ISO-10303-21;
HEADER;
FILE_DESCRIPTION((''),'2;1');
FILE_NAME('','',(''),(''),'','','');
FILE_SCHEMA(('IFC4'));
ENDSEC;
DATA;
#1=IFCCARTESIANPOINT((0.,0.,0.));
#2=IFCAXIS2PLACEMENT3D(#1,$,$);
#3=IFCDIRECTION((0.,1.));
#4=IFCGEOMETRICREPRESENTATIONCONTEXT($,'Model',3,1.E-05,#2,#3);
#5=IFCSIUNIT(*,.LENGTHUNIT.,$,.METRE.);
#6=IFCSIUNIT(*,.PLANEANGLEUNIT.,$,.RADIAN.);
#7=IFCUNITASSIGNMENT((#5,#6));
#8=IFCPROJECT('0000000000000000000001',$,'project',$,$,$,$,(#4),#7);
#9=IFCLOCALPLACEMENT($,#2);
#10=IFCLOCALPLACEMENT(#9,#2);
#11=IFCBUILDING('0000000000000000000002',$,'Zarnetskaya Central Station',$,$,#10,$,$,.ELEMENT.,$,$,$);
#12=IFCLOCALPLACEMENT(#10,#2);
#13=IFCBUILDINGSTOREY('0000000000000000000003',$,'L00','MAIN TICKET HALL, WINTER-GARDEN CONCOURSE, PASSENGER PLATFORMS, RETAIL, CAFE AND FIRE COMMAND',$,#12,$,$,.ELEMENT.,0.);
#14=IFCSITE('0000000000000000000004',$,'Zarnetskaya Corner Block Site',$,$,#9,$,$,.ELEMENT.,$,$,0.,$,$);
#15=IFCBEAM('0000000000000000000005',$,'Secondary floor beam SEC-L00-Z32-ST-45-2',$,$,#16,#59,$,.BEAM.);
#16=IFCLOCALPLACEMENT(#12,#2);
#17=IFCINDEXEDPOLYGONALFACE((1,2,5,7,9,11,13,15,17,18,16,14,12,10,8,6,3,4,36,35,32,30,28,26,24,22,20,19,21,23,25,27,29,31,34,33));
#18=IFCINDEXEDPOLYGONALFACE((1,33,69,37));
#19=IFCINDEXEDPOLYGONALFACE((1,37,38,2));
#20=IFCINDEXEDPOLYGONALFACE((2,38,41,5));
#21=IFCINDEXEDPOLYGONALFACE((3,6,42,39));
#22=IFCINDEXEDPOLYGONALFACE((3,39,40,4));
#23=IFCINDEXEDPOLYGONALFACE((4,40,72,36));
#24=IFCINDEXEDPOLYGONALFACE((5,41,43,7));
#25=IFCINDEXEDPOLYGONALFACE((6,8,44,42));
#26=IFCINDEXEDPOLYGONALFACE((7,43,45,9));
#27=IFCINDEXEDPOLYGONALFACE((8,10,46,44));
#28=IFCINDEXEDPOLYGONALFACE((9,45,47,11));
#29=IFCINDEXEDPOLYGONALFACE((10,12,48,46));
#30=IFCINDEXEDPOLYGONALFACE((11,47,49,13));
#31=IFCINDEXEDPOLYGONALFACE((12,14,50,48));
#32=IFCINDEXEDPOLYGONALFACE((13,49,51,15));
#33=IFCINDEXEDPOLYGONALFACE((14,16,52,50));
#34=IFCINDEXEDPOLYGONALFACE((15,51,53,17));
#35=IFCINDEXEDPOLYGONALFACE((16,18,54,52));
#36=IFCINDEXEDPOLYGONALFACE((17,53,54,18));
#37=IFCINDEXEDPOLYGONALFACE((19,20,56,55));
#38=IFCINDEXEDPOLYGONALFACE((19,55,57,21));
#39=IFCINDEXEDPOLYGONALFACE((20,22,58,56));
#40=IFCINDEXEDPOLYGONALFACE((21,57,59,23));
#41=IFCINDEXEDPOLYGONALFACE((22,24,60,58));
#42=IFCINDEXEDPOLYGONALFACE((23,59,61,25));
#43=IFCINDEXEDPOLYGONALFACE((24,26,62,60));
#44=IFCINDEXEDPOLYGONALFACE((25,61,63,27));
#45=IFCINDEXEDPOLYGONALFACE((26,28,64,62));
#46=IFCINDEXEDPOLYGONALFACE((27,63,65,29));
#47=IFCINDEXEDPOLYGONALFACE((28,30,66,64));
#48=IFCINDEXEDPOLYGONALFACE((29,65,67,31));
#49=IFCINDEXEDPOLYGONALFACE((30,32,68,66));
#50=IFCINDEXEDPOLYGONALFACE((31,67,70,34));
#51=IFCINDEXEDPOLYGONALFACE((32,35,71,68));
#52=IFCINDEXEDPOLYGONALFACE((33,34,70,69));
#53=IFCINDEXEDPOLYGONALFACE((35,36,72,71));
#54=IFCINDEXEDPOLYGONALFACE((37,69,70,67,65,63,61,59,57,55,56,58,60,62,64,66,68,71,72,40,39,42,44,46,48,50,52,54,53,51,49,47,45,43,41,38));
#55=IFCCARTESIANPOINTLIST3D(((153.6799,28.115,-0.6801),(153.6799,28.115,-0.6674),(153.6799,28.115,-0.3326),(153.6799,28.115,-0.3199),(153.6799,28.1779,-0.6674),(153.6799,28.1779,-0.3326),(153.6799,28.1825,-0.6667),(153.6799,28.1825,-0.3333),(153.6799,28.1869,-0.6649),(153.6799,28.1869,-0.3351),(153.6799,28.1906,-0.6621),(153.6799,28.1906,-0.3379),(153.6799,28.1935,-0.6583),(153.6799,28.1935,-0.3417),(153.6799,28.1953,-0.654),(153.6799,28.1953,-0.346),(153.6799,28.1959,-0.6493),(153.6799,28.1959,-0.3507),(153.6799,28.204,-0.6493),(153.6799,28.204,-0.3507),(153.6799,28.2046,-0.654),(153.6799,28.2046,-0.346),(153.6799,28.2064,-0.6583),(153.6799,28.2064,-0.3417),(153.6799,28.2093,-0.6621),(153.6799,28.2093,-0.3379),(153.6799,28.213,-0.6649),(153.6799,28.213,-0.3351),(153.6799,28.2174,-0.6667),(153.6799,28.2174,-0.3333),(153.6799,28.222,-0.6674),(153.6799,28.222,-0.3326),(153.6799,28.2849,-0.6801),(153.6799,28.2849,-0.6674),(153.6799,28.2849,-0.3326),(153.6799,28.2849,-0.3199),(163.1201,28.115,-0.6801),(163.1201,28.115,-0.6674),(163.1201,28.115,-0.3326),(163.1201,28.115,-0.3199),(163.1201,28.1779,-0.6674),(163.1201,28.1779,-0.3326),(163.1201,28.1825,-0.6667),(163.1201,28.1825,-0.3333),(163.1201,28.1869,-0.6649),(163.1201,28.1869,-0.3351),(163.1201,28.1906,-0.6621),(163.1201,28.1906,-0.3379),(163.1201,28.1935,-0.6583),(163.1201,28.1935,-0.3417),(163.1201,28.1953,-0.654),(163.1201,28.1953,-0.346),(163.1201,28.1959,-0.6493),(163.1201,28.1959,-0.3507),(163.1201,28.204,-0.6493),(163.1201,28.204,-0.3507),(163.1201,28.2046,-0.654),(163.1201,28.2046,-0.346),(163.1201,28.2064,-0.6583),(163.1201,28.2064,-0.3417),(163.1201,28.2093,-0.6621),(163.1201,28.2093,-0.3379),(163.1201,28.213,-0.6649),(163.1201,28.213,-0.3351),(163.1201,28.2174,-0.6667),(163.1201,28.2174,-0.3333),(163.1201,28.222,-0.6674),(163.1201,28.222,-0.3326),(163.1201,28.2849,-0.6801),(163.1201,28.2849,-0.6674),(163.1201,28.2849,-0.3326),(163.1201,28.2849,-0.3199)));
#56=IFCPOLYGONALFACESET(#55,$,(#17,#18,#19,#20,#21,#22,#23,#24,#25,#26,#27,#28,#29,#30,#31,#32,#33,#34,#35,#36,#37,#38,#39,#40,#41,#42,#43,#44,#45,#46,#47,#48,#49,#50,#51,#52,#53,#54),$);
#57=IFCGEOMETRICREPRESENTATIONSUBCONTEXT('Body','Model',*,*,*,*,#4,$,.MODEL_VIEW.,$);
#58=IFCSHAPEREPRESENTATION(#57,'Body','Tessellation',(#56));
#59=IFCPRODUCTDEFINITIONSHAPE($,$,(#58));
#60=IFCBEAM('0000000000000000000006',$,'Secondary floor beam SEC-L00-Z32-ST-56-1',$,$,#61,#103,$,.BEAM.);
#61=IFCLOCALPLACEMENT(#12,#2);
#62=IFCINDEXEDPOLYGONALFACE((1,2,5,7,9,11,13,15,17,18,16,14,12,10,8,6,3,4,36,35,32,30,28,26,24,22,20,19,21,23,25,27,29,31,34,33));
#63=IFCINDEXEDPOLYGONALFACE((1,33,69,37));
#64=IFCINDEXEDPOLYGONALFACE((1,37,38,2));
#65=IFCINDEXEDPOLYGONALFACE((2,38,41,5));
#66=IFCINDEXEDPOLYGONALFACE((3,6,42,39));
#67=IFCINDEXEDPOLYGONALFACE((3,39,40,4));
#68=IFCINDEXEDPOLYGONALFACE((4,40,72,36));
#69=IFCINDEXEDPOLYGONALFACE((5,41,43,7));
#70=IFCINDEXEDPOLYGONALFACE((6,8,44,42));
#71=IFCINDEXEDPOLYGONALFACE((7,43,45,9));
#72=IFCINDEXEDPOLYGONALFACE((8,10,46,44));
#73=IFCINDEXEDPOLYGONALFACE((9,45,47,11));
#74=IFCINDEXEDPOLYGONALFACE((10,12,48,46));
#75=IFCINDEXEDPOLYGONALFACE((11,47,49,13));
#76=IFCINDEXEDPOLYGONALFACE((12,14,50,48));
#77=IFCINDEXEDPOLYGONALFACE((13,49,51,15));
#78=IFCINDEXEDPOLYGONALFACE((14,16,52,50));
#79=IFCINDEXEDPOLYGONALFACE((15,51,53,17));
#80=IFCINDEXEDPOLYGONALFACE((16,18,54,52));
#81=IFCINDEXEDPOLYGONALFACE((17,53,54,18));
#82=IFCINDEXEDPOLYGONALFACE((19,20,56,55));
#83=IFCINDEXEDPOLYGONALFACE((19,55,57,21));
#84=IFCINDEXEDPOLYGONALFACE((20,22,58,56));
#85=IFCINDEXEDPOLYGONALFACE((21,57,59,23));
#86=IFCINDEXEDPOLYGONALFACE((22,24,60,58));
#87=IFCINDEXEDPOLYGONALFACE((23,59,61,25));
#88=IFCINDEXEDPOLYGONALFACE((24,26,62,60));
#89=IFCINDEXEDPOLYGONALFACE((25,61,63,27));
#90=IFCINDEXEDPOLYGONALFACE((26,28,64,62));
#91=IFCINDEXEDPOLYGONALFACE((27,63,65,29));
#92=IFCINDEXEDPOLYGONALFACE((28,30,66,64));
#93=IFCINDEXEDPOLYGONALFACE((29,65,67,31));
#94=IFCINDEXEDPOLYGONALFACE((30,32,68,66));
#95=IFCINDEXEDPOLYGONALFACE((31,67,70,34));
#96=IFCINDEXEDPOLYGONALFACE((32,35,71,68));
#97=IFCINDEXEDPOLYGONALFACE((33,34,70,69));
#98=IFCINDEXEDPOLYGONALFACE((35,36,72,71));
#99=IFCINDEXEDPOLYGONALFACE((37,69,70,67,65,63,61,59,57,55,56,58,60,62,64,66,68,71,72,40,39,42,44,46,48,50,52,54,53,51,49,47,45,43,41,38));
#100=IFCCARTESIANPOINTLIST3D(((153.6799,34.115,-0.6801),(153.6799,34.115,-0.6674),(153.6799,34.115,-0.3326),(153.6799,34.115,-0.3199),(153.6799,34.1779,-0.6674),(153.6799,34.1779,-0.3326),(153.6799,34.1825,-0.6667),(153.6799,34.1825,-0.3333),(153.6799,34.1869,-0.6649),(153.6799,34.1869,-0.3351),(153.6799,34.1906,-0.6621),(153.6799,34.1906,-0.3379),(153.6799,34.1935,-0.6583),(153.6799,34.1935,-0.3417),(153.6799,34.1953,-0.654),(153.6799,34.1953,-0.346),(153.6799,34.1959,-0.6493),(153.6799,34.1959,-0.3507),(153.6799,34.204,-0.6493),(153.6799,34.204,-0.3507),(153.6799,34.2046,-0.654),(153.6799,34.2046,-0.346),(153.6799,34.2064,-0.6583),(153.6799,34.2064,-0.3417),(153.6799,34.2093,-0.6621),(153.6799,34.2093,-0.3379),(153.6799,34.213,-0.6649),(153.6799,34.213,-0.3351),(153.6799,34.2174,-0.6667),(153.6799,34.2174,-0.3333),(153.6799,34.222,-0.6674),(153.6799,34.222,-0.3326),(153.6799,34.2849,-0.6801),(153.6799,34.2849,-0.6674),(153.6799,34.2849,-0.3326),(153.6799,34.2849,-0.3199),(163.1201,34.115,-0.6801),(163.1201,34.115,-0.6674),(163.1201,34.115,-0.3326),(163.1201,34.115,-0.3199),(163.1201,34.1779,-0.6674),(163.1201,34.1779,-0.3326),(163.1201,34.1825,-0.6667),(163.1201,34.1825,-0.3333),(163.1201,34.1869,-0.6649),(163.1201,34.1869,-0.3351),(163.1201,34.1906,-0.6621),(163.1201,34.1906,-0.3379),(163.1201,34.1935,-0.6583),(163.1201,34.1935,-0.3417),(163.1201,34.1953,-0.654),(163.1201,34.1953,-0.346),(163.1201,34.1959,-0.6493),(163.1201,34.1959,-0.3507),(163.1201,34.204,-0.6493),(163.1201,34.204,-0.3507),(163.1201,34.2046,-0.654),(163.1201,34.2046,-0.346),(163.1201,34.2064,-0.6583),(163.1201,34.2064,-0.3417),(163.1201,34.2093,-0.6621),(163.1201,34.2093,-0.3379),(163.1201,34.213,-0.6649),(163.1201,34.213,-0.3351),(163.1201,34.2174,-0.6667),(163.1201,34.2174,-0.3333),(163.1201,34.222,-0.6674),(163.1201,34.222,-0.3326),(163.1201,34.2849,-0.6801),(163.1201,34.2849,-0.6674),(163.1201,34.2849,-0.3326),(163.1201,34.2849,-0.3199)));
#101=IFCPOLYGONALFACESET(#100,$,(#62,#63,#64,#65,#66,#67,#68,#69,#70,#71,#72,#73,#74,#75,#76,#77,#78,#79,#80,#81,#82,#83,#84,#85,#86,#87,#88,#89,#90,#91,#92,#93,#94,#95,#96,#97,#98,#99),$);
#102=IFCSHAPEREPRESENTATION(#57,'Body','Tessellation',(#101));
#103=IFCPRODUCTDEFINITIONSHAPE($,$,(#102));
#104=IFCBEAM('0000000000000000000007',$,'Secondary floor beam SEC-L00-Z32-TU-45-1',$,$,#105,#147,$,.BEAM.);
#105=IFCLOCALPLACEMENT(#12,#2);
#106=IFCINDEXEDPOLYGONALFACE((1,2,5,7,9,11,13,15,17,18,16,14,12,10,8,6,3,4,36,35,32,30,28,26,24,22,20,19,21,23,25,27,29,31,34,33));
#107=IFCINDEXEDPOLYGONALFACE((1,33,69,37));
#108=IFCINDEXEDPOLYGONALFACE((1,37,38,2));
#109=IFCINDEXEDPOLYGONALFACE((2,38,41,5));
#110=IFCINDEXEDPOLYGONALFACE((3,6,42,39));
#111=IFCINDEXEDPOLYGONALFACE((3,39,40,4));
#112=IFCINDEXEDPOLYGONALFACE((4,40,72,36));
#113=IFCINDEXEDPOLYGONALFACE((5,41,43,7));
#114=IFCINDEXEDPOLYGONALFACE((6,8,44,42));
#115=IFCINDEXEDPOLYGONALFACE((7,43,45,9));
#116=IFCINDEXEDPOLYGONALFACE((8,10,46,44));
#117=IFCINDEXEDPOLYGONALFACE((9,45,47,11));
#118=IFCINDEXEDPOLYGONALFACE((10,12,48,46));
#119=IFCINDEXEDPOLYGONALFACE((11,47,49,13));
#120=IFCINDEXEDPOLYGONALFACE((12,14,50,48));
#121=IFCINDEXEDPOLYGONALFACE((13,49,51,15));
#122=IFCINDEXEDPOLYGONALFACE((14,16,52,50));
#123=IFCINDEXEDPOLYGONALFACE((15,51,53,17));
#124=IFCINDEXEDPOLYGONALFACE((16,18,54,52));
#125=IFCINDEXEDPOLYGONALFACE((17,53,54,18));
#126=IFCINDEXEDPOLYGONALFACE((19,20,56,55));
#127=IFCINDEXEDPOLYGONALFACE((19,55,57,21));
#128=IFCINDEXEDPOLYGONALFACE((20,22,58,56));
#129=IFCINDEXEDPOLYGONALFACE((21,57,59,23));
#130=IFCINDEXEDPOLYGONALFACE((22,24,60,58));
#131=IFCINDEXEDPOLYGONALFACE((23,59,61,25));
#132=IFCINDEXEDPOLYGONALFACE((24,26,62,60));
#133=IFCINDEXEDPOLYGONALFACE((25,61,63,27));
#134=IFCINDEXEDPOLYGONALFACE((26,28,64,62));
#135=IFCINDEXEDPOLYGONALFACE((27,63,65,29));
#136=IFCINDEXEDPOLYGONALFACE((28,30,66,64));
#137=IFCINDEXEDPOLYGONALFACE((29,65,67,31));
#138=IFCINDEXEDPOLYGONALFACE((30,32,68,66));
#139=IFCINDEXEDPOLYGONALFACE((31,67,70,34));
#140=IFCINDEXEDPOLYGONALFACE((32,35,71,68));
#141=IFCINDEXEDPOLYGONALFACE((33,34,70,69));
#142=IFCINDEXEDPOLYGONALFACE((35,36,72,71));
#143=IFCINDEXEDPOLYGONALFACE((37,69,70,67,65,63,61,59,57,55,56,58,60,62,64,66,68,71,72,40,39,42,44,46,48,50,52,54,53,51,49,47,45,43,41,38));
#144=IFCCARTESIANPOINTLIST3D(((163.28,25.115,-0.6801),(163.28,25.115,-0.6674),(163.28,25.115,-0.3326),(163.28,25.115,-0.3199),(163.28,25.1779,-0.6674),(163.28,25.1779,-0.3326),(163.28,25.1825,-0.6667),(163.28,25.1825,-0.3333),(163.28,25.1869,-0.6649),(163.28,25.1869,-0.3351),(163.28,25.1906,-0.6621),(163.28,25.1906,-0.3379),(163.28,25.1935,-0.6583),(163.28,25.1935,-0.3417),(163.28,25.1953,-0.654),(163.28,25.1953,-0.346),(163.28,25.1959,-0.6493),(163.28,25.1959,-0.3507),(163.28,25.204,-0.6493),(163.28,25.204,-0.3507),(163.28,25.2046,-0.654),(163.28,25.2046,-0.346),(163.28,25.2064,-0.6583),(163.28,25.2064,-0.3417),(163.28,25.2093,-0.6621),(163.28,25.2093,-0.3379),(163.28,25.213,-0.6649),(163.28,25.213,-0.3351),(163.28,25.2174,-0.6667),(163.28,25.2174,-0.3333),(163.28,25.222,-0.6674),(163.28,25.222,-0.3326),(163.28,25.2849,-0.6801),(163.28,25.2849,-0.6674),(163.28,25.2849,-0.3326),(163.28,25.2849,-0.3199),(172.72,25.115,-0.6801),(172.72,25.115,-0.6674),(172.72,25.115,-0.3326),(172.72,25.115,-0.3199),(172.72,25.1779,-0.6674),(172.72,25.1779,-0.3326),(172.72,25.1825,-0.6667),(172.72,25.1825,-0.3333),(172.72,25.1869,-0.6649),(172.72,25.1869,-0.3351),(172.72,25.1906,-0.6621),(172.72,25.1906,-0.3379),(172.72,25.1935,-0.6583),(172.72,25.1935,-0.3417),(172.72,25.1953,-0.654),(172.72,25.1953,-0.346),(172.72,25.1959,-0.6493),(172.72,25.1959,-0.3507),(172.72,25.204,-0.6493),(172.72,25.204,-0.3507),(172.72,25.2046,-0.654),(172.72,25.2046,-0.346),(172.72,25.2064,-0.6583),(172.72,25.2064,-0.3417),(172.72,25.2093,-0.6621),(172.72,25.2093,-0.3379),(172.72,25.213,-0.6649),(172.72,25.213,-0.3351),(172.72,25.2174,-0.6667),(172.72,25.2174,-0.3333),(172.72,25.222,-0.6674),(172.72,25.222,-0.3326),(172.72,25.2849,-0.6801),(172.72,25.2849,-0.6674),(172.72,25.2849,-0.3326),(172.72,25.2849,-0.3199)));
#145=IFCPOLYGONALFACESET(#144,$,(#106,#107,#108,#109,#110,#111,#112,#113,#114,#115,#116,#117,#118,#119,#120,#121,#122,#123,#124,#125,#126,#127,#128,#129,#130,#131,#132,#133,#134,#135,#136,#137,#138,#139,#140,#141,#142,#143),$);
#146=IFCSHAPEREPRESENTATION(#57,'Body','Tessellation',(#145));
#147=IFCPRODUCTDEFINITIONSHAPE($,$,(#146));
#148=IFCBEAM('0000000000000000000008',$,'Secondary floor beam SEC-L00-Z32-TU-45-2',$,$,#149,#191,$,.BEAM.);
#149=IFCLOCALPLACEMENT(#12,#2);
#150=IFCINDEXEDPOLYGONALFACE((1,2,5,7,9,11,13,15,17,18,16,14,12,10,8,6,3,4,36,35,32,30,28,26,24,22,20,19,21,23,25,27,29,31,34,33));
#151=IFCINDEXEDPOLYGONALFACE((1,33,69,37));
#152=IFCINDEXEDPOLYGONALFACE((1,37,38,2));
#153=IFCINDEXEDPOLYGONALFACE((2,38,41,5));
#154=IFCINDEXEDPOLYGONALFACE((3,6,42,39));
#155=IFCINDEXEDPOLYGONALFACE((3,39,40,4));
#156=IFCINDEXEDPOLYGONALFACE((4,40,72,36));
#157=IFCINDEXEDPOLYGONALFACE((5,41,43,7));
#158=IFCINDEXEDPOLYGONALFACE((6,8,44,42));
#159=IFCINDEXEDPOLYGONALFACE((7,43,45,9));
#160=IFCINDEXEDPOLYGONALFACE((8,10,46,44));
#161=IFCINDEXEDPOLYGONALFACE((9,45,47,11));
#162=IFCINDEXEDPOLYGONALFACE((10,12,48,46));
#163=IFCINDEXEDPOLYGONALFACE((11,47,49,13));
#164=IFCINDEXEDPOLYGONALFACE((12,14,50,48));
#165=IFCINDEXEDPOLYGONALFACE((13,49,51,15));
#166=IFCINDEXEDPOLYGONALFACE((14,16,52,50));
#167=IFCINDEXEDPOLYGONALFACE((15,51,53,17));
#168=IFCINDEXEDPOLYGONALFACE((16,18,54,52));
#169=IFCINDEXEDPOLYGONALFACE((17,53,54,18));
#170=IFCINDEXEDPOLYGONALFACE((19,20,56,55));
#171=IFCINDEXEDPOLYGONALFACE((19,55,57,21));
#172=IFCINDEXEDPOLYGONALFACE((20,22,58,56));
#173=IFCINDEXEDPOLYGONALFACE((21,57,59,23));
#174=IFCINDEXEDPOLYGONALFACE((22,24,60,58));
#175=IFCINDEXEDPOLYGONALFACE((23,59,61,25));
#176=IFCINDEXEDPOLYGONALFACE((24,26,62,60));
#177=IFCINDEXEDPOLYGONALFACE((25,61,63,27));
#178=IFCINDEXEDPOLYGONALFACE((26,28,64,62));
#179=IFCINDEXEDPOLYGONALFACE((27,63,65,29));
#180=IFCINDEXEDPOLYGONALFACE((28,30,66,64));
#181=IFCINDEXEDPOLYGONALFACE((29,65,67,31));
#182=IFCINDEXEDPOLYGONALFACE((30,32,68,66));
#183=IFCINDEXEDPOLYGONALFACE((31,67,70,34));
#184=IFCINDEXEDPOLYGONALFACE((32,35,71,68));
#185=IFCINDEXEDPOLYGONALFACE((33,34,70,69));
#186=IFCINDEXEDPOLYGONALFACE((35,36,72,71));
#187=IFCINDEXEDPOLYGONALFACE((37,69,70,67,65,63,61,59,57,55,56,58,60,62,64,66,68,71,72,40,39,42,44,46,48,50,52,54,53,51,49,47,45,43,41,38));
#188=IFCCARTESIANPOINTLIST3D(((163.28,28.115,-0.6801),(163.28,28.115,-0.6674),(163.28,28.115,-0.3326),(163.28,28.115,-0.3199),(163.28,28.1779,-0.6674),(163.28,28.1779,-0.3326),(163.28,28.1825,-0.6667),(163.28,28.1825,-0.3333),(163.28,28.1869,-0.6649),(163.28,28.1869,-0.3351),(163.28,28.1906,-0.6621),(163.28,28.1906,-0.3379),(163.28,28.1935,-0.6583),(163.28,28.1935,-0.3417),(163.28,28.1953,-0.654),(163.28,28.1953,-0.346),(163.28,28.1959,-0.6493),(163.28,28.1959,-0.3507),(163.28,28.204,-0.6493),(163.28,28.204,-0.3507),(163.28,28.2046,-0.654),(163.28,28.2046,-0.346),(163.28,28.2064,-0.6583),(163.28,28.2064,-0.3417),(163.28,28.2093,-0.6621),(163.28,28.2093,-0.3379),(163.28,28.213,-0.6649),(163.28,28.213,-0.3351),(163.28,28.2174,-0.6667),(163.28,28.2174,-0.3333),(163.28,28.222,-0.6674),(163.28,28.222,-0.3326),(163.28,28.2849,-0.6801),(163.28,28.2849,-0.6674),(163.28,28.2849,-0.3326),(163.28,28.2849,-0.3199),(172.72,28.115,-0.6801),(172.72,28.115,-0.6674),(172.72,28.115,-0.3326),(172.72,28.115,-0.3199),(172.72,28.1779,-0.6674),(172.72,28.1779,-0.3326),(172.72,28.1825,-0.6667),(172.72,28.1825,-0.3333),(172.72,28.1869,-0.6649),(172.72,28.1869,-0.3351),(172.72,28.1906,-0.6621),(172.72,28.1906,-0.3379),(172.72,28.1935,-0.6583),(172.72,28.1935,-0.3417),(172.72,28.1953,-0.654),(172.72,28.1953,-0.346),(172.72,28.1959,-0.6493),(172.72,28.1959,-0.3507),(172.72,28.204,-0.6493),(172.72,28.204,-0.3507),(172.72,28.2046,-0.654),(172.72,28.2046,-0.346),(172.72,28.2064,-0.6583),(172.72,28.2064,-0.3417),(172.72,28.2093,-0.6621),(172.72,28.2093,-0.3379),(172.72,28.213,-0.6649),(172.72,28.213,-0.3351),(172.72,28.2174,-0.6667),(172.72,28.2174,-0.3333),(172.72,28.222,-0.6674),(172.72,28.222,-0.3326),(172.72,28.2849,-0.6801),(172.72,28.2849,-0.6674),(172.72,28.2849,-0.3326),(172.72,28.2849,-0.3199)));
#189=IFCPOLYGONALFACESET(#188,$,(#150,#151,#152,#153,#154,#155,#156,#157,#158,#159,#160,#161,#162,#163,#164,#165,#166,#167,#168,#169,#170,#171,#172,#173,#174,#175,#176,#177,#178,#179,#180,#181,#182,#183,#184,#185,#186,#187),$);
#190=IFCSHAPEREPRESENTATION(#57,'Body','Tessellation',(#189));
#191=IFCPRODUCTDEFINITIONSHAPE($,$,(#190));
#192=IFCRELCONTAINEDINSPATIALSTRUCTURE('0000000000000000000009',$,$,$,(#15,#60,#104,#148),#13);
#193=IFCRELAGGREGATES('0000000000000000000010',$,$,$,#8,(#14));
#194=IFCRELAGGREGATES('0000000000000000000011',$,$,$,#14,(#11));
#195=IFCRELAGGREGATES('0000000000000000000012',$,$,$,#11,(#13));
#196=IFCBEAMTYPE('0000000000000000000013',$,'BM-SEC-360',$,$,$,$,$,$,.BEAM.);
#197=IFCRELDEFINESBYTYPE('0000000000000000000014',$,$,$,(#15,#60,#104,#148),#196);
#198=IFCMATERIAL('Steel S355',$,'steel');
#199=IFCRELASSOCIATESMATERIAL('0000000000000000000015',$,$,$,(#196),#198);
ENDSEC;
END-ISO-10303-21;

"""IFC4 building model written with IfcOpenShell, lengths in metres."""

from ifc_helpers import new_model, si_unit, direction, frame, origin, origin_2d, place, context, subcontext, project, spatial, i_section, extrude, material, material_profile, profile_set, type_object, element, save


model = new_model("IFC4")

# Units and contexts
model_context = context("Model", 3, precision=1e-05, world=origin(), true_north=direction((0.0, 1.0)))
body_context = subcontext(model_context, "Body", "Model", "MODEL_VIEW")
ifc_project = project(units=[si_unit("LENGTHUNIT", "METRE"), si_unit("PLANEANGLEUNIT", "RADIAN")], contexts=[model_context])

# Site, building, storey
site_placement = place(None, origin())
site = spatial("IfcSite", under=ifc_project, at=site_placement, Name="Zarnetskaya Corner Block Site", CompositionType="ELEMENT", RefElevation=0.0)
building_placement = place(site_placement, origin())
building = spatial("IfcBuilding", under=site, at=building_placement, Name="Zarnetskaya Central Station", CompositionType="ELEMENT")
storey_placement = place(building_placement, origin())
storey = spatial("IfcBuildingStorey", under=building, at=storey_placement, Name="L00", Description="MAIN TICKET HALL, WINTER-GARDEN CONCOURSE, PASSENGER PLATFORMS, RETAIL, CAFE AND FIRE COMMAND", CompositionType="ELEMENT", Elevation=0.0)

# Shared definitions
ifc_material_1 = material(Name="Steel S355", Category="steel")

# Beams
ifc_material_profile_1 = material_profile(ifc_material_1, i_section(OverallWidth=0.1699, OverallDepth=0.3601, WebThickness=0.0081, FlangeThickness=0.0127, FilletRadius=0.0181, at=origin_2d()), Name="IPE 360")
ifc_profile_set_1 = profile_set([ifc_material_profile_1], Name="Steel S355")
beam_type_1 = type_object("IfcBeamType", Name="BM-SEC-360", PredefinedType="BEAM", material=ifc_profile_set_1)
for number, where, z_axis, x_axis, name in (
    (1, (153.6799, 28.2, -0.5), (1.0, 0.0, 0.0), (0.0, 1.0, 0.0), "Secondary floor beam SEC-L00-Z32-ST-45-2"),
    (2, (153.6799, 34.2, -0.5), (1.0, 0.0, 0.0), (0.0, 1.0, 0.0), "Secondary floor beam SEC-L00-Z32-ST-56-1"),
):
    element("IfcBeam", number, at=place(storey_placement, frame(where, z_axis=z_axis, x_axis=x_axis)), inside=storey, type_object=beam_type_1, Name=name, PredefinedType="BEAM", context=body_context, shape_type="SweptSolid", body=[
        extrude(i_section(OverallWidth=0.1699, OverallDepth=0.3601, WebThickness=0.0081, FlangeThickness=0.0127, FilletRadius=0.0181, at=origin_2d()), origin(), (0.0, 0.0, 1.0), 9.4402),
    ])
for number, where, z_axis, x_axis, name in (
    (3, (163.28, 25.2, -0.5), (1.0, 0.0, 0.0), (0.0, 1.0, 0.0), "Secondary floor beam SEC-L00-Z32-TU-45-1"),
    (4, (163.28, 28.2, -0.5), (1.0, 0.0, 0.0), (0.0, 1.0, 0.0), "Secondary floor beam SEC-L00-Z32-TU-45-2"),
):
    element("IfcBeam", number, at=place(storey_placement, frame(where, z_axis=z_axis, x_axis=x_axis)), inside=storey, type_object=beam_type_1, Name=name, PredefinedType="BEAM", context=body_context, shape_type="SweptSolid", body=[
        extrude(i_section(OverallWidth=0.1699, OverallDepth=0.3601, WebThickness=0.0081, FlangeThickness=0.0127, FilletRadius=0.0181, at=origin_2d()), origin(), (0.0, 0.0, 1.0), 9.4399),
    ])

save(model, "model.ifc")
